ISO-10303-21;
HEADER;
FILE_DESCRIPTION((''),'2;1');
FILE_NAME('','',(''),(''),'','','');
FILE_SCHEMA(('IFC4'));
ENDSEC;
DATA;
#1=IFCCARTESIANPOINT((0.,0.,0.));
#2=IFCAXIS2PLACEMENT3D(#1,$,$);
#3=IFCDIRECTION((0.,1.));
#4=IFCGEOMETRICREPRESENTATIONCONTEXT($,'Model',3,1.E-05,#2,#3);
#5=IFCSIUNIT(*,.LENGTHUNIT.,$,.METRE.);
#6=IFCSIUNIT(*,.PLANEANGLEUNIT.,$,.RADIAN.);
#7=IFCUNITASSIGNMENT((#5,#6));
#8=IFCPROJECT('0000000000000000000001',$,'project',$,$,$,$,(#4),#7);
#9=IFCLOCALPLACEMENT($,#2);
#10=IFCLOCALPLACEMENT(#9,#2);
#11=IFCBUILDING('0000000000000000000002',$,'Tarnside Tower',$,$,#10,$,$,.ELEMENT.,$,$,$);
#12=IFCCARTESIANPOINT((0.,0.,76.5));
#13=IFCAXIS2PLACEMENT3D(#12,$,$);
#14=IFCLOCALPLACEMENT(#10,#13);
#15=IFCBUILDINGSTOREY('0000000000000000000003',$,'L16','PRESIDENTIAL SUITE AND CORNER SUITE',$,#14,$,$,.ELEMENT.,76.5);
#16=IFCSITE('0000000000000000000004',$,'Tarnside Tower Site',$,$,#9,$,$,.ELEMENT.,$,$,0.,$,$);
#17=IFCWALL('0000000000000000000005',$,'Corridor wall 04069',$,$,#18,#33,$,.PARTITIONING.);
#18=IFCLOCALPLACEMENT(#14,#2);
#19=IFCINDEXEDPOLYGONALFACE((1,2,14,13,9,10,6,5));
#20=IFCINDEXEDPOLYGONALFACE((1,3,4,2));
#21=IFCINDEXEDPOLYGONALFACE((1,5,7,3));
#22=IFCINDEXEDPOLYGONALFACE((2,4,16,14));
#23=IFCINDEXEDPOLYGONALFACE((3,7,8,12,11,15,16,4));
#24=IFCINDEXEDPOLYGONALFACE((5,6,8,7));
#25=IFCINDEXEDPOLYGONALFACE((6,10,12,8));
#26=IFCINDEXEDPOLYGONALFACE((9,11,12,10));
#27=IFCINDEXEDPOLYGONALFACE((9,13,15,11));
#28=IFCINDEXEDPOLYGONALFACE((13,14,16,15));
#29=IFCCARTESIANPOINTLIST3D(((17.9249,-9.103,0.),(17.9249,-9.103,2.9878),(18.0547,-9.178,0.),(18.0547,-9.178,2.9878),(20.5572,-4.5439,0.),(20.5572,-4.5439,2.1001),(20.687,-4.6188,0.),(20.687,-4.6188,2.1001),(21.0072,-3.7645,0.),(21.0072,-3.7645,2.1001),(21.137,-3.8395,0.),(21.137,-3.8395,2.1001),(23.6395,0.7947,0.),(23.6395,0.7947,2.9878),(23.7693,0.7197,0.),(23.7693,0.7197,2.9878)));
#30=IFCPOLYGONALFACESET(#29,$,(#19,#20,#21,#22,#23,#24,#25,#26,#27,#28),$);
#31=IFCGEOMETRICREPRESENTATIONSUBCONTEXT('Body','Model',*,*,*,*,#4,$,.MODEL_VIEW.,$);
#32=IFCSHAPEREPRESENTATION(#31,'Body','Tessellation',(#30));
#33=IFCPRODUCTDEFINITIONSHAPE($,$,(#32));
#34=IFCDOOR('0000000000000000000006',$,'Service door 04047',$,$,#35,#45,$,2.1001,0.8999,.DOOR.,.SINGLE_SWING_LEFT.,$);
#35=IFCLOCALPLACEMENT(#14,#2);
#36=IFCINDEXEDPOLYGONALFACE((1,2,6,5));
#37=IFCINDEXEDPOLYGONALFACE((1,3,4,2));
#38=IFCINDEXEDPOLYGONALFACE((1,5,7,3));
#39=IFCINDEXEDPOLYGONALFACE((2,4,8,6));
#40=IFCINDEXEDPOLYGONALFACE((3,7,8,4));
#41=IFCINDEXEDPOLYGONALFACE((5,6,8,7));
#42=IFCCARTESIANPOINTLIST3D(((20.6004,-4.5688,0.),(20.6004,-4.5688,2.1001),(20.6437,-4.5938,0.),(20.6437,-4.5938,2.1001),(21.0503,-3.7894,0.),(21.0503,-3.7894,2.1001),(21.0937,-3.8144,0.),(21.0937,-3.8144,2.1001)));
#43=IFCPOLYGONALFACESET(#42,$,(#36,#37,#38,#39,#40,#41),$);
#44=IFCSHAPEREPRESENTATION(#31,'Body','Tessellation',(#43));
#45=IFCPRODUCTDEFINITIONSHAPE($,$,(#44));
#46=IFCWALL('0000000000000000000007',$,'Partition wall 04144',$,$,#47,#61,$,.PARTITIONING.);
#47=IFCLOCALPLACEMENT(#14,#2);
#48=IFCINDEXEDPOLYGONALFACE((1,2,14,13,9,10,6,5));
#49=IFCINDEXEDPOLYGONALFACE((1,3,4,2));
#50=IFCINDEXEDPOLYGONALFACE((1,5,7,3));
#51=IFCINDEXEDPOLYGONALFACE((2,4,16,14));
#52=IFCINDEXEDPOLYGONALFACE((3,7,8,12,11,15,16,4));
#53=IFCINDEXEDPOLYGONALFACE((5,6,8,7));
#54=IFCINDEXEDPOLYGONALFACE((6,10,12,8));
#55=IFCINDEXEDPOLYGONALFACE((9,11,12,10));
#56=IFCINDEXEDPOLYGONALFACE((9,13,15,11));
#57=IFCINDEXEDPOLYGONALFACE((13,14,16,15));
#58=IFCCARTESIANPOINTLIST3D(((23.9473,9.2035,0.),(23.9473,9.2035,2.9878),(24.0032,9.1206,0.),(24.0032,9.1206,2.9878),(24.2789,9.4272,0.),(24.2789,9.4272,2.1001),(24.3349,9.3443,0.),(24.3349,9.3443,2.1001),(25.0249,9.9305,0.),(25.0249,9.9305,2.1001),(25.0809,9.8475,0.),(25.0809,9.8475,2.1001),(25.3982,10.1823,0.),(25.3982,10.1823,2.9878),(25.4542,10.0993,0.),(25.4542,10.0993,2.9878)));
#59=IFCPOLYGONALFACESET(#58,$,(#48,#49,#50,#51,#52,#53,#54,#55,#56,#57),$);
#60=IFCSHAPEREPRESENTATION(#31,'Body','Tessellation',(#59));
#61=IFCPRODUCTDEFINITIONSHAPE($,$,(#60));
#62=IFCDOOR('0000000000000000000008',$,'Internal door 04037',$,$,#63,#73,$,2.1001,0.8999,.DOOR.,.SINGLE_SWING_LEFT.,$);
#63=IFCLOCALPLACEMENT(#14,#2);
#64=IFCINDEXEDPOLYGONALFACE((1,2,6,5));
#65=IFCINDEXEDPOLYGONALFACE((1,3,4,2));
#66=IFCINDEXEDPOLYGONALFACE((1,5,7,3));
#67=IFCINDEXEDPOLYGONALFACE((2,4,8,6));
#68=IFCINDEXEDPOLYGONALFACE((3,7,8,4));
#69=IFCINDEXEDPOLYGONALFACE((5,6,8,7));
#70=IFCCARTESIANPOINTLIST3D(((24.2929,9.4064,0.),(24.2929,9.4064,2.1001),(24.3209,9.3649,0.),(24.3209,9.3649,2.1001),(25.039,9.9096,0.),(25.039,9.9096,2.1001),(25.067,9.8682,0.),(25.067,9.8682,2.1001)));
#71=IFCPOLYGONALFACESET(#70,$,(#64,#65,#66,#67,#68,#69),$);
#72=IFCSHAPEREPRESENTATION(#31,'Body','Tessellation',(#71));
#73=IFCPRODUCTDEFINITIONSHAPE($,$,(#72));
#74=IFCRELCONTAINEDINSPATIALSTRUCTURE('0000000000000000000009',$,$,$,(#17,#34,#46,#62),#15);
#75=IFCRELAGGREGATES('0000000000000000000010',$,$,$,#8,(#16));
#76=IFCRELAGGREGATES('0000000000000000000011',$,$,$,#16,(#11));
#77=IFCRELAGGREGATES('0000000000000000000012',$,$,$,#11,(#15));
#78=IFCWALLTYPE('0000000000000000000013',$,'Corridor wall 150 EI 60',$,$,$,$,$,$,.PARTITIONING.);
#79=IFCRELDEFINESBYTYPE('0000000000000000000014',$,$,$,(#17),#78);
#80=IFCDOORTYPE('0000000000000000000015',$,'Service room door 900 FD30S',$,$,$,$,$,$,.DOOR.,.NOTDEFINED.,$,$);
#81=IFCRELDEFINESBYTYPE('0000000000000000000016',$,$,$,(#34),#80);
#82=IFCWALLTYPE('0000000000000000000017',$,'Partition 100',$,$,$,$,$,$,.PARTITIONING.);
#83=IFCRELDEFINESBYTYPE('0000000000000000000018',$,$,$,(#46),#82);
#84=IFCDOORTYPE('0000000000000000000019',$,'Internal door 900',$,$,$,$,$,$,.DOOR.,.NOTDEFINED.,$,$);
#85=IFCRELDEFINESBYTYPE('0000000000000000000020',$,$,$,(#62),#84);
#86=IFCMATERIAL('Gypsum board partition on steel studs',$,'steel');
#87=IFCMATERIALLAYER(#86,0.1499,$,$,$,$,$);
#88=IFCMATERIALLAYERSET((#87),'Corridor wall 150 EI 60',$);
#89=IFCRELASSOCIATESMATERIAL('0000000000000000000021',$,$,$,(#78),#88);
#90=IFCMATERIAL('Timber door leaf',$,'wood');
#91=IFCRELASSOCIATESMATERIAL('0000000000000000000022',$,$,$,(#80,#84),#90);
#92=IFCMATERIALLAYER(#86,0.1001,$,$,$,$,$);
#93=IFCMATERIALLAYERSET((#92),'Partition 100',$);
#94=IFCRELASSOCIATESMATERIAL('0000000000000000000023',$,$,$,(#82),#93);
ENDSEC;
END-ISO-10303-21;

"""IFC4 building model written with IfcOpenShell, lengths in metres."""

from ifc_helpers import new_model, si_unit, direction, frame, frame_2d, origin, place, context, subcontext, project, spatial, rectangle, extrude, material, layer, layer_set, type_object, element, fill, save


model = new_model("IFC4")

# Units and contexts
model_context = context("Model", 3, precision=1e-05, world=origin(), true_north=direction((0.0, 1.0)))
body_context = subcontext(model_context, "Body", "Model", "MODEL_VIEW")
ifc_project = project(units=[si_unit("LENGTHUNIT", "METRE"), si_unit("PLANEANGLEUNIT", "RADIAN")], contexts=[model_context])

# Site, building, storey
site_placement = place(None, origin())
site = spatial("IfcSite", under=ifc_project, at=site_placement, Name="Tarnside Tower Site", CompositionType="ELEMENT", RefElevation=0.0)
building_placement = place(site_placement, origin())
building = spatial("IfcBuilding", under=site, at=building_placement, Name="Tarnside Tower", CompositionType="ELEMENT")
storey_placement = place(building_placement, frame((0.0, 0.0, 76.5)))
storey = spatial("IfcBuildingStorey", under=building, at=storey_placement, Name="L16", Description="PRESIDENTIAL SUITE AND CORNER SUITE", CompositionType="ELEMENT", Elevation=76.5)

# Shared definitions
ifc_material_1 = material(Name="Gypsum board partition on steel studs", Category="steel")
ifc_material_2 = material(Name="Timber door leaf", Category="wood")

# Shared definitions
ifc_layer_1 = layer(ifc_material_1, 0.1499)
ifc_layer_set_1 = layer_set([ifc_layer_1], Name="Corridor wall 150 EI 60")
wall_type_1 = type_object("IfcWallType", Name="Corridor wall 150 EI 60", PredefinedType="PARTITIONING", material=ifc_layer_set_1)

# Walls, openings, doors
wall_1_placement = place(storey_placement, frame((23.7043, 0.7571, 0.0), z_axis=(0.0, 0.0, 1.0), x_axis=(-0.50001, -0.866019, 0.0)))
wall_1 = element("IfcWall", 1, at=wall_1_placement, inside=storey, type_object=wall_type_1, Name="Corridor wall 04069", PredefinedType="PARTITIONING", context=body_context, shape_type="SweptSolid", body=[
    extrude(rectangle(XDim=11.429, YDim=0.1499, at=frame_2d((5.7144, 0.0))), origin(), (0.0, 0.0, 1.0), 2.9878),
])
opening_1_placement = place(wall_1_placement, frame((5.2644, 0.0, 0.0)))
opening_1 = element("IfcOpeningElement", 2, at=opening_1_placement, cuts=wall_1, PredefinedType="OPENING", context=body_context, shape_type="SweptSolid", body=[
    extrude(rectangle(XDim=0.8999, YDim=2.1001, at=frame_2d((0.45, 1.05))), frame((0.0, 0.085, 0.0), z_axis=(0.0, -1.0, 0.0), x_axis=(1.0, 0.0, 0.0)), (0.0, 0.0, 1.0), 0.1699),
])
door_type_1 = type_object("IfcDoorType", Name="Service room door 900 FD30S", OperationType="NOTDEFINED", PredefinedType="DOOR", material=ifc_material_2)
door_1_placement = place(opening_1_placement, origin())
door_1 = element("IfcDoor", 3, at=door_1_placement, inside=storey, type_object=door_type_1, Name="Service door 04047", OperationType="SINGLE_SWING_LEFT", OverallHeight=2.1001, OverallWidth=0.8999, PredefinedType="DOOR", context=body_context, shape_type="SweptSolid", body=[
    extrude(rectangle(XDim=0.8999, YDim=2.1001, at=frame_2d((0.45, 1.05))), frame((0.0, 0.0249, 0.0), z_axis=(0.0, -1.0, 0.0), x_axis=(1.0, 0.0, 0.0)), (0.0, 0.0, 1.0), 0.05),
])
fill(opening_1, door_1)
ifc_layer_2 = layer(ifc_material_1, 0.1001)
ifc_layer_set_2 = layer_set([ifc_layer_2], Name="Partition 100")
wall_type_2 = type_object("IfcWallType", Name="Partition 100", PredefinedType="PARTITIONING", material=ifc_layer_set_2)
wall_2_placement = place(storey_placement, frame((23.9753, 9.1621, 0.0), z_axis=(0.0, 0.0, 1.0), x_axis=(0.829012, 0.559231, 0.0)))
wall_2 = element("IfcWall", 4, at=wall_2_placement, inside=storey, type_object=wall_type_2, Name="Partition wall 04144", PredefinedType="PARTITIONING", context=body_context, shape_type="SweptSolid", body=[
    extrude(rectangle(XDim=1.7502, YDim=0.1001, at=frame_2d((0.875, 0.0))), origin(), (0.0, 0.0, 1.0), 2.9878),
])
opening_2_placement = place(wall_2_placement, frame((0.3999, 0.0, 0.0)))
opening_2 = element("IfcOpeningElement", 5, at=opening_2_placement, cuts=wall_2, PredefinedType="OPENING", context=body_context, shape_type="SweptSolid", body=[
    extrude(rectangle(XDim=0.8999, YDim=2.1001, at=frame_2d((0.45, 1.05))), frame((0.0, 0.0601, 0.0), z_axis=(0.0, -1.0, 0.0), x_axis=(1.0, 0.0, 0.0)), (0.0, 0.0, 1.0), 0.1201),
])
door_type_2 = type_object("IfcDoorType", Name="Internal door 900", OperationType="NOTDEFINED", PredefinedType="DOOR", material=ifc_material_2)
door_2_placement = place(opening_2_placement, origin())
door_2 = element("IfcDoor", 6, at=door_2_placement, inside=storey, type_object=door_type_2, Name="Internal door 04037", OperationType="SINGLE_SWING_LEFT", OverallHeight=2.1001, OverallWidth=0.8999, PredefinedType="DOOR", context=body_context, shape_type="SweptSolid", body=[
    extrude(rectangle(XDim=0.8999, YDim=2.1001, at=frame_2d((0.45, 1.05))), frame((0.0, 0.0249, 0.0), z_axis=(0.0, -1.0, 0.0), x_axis=(1.0, 0.0, 0.0)), (0.0, 0.0, 1.0), 0.05),
])
fill(opening_2, door_2)

save(model, "model.ifc")
